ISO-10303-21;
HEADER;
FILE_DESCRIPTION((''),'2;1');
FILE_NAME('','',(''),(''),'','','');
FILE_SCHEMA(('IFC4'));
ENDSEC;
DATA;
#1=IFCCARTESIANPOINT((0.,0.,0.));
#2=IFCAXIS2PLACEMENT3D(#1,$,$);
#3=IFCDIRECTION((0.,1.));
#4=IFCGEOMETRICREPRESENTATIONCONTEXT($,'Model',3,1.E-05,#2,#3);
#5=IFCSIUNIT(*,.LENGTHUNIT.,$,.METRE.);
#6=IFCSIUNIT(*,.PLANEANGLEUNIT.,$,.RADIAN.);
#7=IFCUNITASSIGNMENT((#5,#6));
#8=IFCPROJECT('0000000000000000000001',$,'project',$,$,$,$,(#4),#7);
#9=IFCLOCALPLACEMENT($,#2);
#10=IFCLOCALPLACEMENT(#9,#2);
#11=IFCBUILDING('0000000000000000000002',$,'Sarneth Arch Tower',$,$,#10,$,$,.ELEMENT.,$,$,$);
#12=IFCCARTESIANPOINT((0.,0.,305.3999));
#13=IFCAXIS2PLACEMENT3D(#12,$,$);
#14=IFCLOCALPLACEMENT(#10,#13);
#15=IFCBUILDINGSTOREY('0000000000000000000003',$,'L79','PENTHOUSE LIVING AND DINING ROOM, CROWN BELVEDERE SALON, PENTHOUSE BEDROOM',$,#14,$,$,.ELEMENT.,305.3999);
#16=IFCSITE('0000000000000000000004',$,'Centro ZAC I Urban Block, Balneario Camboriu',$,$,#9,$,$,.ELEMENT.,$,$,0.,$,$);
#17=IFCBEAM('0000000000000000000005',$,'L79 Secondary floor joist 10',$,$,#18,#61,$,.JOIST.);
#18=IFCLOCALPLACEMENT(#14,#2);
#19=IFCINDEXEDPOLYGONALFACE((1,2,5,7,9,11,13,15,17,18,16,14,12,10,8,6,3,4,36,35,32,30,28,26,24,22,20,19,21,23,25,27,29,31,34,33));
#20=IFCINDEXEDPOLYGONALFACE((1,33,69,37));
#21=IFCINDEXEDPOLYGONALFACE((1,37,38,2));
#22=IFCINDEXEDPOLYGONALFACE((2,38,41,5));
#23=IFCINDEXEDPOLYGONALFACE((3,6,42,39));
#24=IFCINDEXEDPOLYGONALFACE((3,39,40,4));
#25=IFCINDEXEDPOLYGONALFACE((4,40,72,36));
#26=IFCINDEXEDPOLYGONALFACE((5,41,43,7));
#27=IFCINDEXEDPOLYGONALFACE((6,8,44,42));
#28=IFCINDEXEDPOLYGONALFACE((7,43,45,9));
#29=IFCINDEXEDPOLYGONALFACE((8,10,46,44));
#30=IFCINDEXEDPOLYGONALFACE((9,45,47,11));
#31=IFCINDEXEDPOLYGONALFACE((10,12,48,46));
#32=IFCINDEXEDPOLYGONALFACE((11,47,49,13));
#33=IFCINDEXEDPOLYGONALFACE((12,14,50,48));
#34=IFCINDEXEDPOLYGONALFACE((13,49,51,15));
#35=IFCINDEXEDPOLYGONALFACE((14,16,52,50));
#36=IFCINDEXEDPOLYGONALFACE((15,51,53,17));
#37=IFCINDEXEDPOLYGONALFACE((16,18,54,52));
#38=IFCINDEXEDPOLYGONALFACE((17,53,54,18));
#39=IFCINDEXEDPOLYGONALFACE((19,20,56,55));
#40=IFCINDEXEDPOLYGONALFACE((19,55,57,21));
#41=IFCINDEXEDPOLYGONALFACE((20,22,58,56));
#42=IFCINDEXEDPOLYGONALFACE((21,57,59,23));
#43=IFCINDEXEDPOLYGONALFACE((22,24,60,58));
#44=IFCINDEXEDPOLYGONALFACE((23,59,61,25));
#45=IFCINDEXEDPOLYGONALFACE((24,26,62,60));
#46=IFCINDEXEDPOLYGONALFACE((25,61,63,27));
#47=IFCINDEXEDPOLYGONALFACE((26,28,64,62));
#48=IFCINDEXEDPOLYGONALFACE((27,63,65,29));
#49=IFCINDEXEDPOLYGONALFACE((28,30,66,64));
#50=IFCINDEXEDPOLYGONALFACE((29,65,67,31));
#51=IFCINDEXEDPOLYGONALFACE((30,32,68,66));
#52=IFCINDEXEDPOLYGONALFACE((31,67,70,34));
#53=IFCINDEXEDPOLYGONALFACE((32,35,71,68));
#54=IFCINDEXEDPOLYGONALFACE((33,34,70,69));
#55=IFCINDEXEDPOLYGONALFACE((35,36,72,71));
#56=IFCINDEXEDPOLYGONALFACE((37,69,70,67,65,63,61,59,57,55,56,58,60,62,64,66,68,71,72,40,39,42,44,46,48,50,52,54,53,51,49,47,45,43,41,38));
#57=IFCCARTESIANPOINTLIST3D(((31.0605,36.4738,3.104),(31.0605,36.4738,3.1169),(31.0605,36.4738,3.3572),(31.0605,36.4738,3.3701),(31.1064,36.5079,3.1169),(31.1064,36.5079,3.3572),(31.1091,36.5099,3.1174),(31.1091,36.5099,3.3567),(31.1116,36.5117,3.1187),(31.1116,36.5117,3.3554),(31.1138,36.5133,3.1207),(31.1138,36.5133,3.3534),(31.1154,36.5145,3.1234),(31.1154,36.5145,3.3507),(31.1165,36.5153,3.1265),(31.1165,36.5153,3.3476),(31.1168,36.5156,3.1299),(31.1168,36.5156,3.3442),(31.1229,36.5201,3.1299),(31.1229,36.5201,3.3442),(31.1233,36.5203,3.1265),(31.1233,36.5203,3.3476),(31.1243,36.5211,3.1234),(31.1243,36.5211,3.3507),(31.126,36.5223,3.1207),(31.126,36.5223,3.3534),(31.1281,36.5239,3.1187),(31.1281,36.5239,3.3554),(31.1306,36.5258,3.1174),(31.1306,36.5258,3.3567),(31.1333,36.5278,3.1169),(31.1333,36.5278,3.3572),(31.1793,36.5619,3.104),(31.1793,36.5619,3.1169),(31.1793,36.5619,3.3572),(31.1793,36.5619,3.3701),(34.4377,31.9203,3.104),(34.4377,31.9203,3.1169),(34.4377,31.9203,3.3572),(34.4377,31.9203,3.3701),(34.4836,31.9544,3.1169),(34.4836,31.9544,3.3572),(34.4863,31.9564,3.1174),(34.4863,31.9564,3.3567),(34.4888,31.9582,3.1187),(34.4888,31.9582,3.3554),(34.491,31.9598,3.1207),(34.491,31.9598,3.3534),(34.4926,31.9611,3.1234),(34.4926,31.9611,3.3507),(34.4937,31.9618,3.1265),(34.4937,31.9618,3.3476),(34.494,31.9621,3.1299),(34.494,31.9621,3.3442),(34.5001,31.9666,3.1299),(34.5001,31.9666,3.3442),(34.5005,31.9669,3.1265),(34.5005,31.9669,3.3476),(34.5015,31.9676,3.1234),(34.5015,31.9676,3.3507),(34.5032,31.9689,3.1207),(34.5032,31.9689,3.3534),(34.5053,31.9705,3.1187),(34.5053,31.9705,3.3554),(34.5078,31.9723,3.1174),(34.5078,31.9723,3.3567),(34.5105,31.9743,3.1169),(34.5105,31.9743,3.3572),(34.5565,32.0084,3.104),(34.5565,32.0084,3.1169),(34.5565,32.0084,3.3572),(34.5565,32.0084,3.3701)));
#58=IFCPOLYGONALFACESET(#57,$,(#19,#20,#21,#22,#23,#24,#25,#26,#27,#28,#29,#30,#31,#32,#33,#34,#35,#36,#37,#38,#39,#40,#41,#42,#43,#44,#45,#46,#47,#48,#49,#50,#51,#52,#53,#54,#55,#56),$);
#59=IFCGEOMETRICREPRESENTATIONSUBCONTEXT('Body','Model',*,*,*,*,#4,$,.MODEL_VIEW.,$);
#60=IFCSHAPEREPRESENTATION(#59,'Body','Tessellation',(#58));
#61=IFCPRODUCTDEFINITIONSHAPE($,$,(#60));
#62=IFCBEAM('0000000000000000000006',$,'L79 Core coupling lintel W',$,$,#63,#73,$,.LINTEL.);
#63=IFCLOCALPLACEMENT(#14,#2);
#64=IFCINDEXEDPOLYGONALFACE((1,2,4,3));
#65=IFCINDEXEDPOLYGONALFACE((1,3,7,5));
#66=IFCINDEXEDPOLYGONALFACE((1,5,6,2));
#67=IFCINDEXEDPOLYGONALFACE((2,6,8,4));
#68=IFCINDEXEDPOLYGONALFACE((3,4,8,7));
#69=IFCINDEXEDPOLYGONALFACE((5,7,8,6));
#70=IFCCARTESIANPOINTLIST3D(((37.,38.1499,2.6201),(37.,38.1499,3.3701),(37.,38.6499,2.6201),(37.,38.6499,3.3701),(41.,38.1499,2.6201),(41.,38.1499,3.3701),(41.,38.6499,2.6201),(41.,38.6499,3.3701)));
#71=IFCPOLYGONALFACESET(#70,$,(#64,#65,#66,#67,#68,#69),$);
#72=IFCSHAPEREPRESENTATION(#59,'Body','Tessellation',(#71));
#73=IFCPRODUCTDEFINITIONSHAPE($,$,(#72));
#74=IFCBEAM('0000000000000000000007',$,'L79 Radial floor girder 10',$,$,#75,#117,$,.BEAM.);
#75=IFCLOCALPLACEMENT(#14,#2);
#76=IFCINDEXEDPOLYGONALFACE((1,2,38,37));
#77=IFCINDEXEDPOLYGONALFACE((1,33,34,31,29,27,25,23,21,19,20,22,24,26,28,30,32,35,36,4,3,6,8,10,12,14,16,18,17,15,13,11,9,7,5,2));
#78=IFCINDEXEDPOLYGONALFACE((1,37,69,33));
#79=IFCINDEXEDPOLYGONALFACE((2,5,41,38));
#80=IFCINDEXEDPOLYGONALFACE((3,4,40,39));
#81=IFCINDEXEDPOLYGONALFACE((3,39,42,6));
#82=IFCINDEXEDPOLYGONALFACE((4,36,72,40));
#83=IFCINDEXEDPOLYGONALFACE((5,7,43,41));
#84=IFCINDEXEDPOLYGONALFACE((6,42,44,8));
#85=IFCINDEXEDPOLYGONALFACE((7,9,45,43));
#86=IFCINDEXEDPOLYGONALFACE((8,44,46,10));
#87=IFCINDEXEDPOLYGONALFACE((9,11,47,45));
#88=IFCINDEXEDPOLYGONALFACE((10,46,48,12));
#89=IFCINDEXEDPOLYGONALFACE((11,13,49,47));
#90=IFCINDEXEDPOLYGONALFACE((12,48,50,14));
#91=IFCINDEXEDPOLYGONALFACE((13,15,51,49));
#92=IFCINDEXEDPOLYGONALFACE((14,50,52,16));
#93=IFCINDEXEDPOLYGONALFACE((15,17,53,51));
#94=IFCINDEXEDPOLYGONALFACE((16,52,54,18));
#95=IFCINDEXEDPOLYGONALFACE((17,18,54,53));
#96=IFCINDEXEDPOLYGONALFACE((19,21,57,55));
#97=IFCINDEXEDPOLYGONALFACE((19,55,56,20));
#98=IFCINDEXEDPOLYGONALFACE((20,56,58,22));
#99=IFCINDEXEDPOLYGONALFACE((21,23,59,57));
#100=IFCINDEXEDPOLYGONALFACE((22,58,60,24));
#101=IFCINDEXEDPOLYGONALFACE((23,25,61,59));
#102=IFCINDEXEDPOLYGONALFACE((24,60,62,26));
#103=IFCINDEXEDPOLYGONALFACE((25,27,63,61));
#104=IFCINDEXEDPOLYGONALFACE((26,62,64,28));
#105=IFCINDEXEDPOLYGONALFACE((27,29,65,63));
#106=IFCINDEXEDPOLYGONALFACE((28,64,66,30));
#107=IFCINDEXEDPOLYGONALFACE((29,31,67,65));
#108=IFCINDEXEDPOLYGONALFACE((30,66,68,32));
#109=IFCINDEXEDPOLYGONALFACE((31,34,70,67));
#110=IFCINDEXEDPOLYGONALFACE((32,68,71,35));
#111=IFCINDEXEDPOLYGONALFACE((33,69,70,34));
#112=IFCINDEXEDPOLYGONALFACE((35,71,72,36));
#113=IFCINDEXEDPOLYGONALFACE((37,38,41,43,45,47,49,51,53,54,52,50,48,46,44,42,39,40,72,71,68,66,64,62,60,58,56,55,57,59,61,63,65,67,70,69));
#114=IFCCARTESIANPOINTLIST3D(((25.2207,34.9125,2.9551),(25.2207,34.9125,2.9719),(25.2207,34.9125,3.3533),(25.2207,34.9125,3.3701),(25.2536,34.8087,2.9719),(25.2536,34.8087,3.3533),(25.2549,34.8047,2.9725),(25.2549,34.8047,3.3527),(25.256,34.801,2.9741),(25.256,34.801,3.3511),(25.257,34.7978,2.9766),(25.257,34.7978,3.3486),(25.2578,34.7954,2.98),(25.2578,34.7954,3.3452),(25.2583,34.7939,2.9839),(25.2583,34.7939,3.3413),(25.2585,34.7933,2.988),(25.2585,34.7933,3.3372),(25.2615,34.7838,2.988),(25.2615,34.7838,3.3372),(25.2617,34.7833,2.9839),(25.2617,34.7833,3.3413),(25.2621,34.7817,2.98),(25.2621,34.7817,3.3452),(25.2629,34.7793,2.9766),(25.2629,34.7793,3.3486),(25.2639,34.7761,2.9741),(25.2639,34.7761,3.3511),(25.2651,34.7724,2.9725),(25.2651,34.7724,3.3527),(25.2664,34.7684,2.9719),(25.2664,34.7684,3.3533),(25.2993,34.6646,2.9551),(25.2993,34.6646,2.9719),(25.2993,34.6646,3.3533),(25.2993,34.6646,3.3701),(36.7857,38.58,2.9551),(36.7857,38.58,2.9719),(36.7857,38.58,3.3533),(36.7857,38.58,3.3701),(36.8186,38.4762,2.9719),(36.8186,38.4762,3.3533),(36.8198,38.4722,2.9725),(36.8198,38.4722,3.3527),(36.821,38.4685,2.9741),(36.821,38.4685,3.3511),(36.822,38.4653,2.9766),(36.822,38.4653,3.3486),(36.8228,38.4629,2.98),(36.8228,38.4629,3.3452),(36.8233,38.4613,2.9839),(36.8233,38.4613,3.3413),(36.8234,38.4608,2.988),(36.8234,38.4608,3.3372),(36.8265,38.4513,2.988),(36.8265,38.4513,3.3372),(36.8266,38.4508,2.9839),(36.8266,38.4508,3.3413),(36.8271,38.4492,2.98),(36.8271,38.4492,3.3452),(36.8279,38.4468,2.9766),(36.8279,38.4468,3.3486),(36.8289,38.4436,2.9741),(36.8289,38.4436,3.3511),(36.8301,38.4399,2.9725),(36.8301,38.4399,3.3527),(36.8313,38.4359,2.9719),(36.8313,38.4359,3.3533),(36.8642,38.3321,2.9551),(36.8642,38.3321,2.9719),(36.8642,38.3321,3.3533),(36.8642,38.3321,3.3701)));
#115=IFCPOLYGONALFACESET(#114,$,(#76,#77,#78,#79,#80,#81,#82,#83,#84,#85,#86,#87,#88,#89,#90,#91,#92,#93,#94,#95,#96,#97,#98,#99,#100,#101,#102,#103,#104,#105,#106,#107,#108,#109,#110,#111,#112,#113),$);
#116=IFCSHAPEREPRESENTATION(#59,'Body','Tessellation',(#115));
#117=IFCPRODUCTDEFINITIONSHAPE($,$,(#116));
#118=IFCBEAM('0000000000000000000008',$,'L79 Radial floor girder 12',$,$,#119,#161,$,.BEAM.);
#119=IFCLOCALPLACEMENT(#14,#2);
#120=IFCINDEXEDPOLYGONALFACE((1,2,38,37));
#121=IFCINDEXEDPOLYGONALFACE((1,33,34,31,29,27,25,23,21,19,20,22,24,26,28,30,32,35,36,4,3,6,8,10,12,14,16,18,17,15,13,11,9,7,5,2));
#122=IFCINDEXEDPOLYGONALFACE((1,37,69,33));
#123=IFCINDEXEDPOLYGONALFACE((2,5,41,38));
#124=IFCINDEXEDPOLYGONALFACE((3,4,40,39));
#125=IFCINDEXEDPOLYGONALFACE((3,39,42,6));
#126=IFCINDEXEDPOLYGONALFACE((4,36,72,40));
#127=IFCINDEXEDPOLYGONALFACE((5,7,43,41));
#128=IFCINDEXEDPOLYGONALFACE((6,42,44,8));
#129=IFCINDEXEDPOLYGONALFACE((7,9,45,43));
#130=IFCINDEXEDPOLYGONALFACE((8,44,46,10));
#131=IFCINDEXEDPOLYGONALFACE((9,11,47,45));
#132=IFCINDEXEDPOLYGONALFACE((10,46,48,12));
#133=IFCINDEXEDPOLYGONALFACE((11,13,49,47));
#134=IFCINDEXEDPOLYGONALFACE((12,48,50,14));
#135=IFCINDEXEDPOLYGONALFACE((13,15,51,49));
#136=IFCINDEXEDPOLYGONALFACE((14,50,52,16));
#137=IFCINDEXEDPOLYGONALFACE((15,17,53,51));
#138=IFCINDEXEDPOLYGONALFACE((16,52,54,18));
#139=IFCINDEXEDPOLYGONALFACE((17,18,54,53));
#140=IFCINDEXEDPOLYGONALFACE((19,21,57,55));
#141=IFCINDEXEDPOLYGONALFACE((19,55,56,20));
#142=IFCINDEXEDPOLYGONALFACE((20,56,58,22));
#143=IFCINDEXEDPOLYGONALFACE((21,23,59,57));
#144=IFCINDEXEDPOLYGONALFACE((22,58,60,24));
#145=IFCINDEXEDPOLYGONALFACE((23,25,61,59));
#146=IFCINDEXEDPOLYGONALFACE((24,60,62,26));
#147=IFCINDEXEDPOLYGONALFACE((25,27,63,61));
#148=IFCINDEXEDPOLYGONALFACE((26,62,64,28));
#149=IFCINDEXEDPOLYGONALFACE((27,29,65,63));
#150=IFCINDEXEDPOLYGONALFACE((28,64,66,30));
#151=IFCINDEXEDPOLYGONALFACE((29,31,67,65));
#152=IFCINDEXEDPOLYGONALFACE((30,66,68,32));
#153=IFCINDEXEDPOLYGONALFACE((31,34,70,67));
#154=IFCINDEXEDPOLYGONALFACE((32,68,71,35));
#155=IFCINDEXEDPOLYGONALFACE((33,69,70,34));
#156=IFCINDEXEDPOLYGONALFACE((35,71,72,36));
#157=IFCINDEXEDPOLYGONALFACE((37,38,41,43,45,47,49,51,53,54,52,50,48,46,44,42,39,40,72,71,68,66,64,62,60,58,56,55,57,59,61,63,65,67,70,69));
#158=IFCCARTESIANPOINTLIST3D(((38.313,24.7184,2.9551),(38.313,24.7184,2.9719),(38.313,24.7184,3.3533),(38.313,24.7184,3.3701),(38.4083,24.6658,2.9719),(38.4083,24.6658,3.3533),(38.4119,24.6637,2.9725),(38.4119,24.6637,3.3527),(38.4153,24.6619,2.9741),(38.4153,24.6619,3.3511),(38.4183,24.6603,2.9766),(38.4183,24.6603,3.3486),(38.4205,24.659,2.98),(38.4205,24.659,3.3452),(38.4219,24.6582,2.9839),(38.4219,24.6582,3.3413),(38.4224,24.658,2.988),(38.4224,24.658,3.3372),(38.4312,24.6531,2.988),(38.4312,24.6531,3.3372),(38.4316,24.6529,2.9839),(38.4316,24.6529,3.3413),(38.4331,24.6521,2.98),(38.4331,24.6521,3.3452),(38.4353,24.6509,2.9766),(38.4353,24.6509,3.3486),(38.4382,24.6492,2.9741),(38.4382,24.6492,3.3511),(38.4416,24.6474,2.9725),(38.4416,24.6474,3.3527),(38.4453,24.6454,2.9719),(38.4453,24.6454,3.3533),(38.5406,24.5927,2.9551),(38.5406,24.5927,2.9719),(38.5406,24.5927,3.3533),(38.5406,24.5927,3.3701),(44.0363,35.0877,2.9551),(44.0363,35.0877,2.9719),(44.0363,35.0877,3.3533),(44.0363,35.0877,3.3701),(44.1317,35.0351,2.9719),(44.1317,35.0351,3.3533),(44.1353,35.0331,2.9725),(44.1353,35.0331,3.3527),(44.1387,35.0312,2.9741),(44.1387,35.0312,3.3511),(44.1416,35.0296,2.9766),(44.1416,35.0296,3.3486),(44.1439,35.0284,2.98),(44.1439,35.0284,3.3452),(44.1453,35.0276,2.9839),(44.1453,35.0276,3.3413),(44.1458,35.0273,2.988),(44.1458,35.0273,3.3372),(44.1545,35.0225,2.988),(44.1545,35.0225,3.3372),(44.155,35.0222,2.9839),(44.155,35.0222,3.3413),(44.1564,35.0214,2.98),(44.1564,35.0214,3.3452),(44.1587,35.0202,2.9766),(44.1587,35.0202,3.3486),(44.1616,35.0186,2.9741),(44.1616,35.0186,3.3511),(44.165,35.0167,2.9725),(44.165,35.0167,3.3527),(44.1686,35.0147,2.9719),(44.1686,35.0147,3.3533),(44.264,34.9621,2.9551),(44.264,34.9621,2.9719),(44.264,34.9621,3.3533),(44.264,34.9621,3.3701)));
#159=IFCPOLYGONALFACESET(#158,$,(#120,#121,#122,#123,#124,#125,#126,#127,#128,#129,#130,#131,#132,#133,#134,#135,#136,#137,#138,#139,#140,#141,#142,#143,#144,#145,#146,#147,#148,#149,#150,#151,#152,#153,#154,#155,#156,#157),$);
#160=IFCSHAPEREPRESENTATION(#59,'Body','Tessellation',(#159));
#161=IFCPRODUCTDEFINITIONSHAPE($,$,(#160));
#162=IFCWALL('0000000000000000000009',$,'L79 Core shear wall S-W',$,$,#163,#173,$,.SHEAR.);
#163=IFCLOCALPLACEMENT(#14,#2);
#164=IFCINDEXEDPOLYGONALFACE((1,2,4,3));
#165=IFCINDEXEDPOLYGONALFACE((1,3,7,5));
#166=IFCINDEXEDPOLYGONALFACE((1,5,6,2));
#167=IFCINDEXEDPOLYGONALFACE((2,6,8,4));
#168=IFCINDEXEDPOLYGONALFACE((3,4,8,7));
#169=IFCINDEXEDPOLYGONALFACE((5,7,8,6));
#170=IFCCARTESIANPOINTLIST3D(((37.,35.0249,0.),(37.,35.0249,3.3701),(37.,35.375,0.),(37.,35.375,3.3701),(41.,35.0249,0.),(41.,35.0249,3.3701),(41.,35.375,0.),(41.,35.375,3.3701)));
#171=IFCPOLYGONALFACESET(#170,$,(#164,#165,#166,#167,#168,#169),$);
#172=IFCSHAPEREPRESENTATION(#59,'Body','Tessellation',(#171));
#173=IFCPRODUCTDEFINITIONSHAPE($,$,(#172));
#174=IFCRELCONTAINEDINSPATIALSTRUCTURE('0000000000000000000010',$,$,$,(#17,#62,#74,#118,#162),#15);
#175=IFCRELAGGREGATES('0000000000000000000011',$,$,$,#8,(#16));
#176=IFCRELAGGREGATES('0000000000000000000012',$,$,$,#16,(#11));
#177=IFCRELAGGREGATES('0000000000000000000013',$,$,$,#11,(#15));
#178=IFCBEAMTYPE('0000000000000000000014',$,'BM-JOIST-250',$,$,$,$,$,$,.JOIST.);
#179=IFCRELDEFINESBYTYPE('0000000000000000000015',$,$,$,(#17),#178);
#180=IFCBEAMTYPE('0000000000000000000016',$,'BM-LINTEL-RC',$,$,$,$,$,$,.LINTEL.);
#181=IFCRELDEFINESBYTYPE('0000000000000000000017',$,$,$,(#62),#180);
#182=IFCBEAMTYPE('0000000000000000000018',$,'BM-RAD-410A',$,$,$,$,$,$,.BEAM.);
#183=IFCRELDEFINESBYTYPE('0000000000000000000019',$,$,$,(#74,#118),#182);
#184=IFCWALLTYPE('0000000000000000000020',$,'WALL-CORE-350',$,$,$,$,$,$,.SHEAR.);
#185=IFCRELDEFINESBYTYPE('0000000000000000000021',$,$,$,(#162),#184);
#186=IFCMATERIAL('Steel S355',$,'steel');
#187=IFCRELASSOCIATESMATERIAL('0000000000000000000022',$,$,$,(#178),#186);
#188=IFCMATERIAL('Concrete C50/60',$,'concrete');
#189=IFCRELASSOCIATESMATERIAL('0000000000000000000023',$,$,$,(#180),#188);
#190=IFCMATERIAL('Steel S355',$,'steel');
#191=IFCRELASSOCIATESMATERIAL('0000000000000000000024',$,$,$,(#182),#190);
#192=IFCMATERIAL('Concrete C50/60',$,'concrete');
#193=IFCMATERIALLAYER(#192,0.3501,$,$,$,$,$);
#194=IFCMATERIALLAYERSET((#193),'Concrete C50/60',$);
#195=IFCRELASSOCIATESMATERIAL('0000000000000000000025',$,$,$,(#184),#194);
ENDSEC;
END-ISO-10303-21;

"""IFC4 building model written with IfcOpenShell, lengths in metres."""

from ifc_helpers import new_model, si_unit, direction, frame, frame_2d, origin, origin_2d, place, context, subcontext, project, spatial, rectangle, i_section, extrude, material, layer, layer_set, material_profile, profile_set, type_object, element, save


model = new_model("IFC4")

# Units and contexts
model_context = context("Model", 3, precision=1e-05, world=origin(), true_north=direction((0.0, 1.0)))
body_context = subcontext(model_context, "Body", "Model", "MODEL_VIEW")
ifc_project = project(units=[si_unit("LENGTHUNIT", "METRE"), si_unit("PLANEANGLEUNIT", "RADIAN")], contexts=[model_context])

# Site, building, storey
site_placement = place(None, origin())
site = spatial("IfcSite", under=ifc_project, at=site_placement, Name="Centro ZAC I Urban Block, Balneario Camboriu", CompositionType="ELEMENT", RefElevation=0.0)
building_placement = place(site_placement, origin())
building = spatial("IfcBuilding", under=site, at=building_placement, Name="Sarneth Arch Tower", CompositionType="ELEMENT")
storey_placement = place(building_placement, frame((0.0, 0.0, 305.3999)))
storey = spatial("IfcBuildingStorey", under=building, at=storey_placement, Name="L79", Description="PENTHOUSE LIVING AND DINING ROOM, CROWN BELVEDERE SALON, PENTHOUSE BEDROOM", CompositionType="ELEMENT", Elevation=305.3999)

# Beams
ifc_material_1 = material(Name="Steel S355", Category="steel")
ifc_material_profile_1 = material_profile(ifc_material_1, i_section(OverallWidth=0.1479, OverallDepth=0.2661, WebThickness=0.0076, FlangeThickness=0.0129, FilletRadius=0.0129, at=origin_2d()), Name="W250x44.8")
ifc_profile_set_1 = profile_set([ifc_material_profile_1], Name="Steel S355")
beam_type_1 = type_object("IfcBeamType", Name="BM-JOIST-250", PredefinedType="JOIST", material=ifc_profile_set_1)
beam_1_placement = place(storey_placement, frame((31.1199, 36.5178, 3.2371), z_axis=(0.595713, -0.803198, 0.0), x_axis=(0.803198, 0.595713, 0.0)))
element("IfcBeam", 1, at=beam_1_placement, inside=storey, type_object=beam_type_1, Name="L79 Secondary floor joist 10", PredefinedType="JOIST", context=body_context, shape_type="SweptSolid", body=[
    extrude(i_section(OverallWidth=0.1479, OverallDepth=0.2661, WebThickness=0.0076, FlangeThickness=0.0129, FilletRadius=0.0129, at=origin_2d()), origin(), (0.0, 0.0, 1.0), 5.6692),
])
ifc_material_2 = material(Name="Concrete C50/60", Category="concrete")
ifc_material_profile_2 = material_profile(ifc_material_2, rectangle(XDim=0.5, YDim=0.75, at=origin_2d()), Name="RC-500x750")
ifc_profile_set_2 = profile_set([ifc_material_profile_2], Name="Concrete C50/60")
beam_type_2 = type_object("IfcBeamType", Name="BM-LINTEL-RC", PredefinedType="LINTEL", material=ifc_profile_set_2)
beam_2_placement = place(storey_placement, frame((37.0, 38.3999, 2.9951), z_axis=(1.0, 0.0, 0.0), x_axis=(0.0, 1.0, 0.0)))
element("IfcBeam", 2, at=beam_2_placement, inside=storey, type_object=beam_type_2, Name="L79 Core coupling lintel W", PredefinedType="LINTEL", context=body_context, shape_type="SweptSolid", body=[
    extrude(rectangle(XDim=0.5, YDim=0.75, at=origin_2d()), origin(), (0.0, 0.0, 1.0), 4.0),
])
ifc_material_3 = material(Name="Steel S355", Category="steel")
ifc_material_profile_3 = material_profile(ifc_material_3, i_section(OverallWidth=0.26, OverallDepth=0.415, WebThickness=0.01, FlangeThickness=0.0168, FilletRadius=0.0161, at=origin_2d()), Name="W410x100")
ifc_profile_set_3 = profile_set([ifc_material_profile_3], Name="Steel S355")
beam_type_3 = type_object("IfcBeamType", Name="BM-RAD-410A", PredefinedType="BEAM", material=ifc_profile_set_3)
beam_3_placement = place(storey_placement, frame((36.825, 38.4561, 3.1626), z_axis=(-0.953218, -0.302285, 0.0), x_axis=(0.302285, -0.953218, 0.0)))
element("IfcBeam", 3, at=beam_3_placement, inside=storey, type_object=beam_type_3, Name="L79 Radial floor girder 10", PredefinedType="BEAM", context=body_context, shape_type="SweptSolid", body=[
    extrude(i_section(OverallWidth=0.26, OverallDepth=0.415, WebThickness=0.01, FlangeThickness=0.0168, FilletRadius=0.0161, at=origin_2d()), origin(), (0.0, 0.0, 1.0), 12.1326),
])
beam_4_placement = place(storey_placement, frame((44.1501, 35.0249, 3.1626), z_axis=(-0.483229, -0.875494, 0.0), x_axis=(0.875494, -0.483229, 0.0)))
element("IfcBeam", 4, at=beam_4_placement, inside=storey, type_object=beam_type_3, Name="L79 Radial floor girder 12", PredefinedType="BEAM", context=body_context, shape_type="SweptSolid", body=[
    extrude(i_section(OverallWidth=0.26, OverallDepth=0.415, WebThickness=0.01, FlangeThickness=0.0168, FilletRadius=0.0161, at=origin_2d()), origin(), (0.0, 0.0, 1.0), 11.844),
])

# Wall
ifc_material_4 = material(Name="Concrete C50/60", Category="concrete")
ifc_layer_1 = layer(ifc_material_4, 0.3501)
ifc_layer_set_1 = layer_set([ifc_layer_1], Name="Concrete C50/60")
wall_type_1 = type_object("IfcWallType", Name="WALL-CORE-350", PredefinedType="SHEAR", material=ifc_layer_set_1)
wall_1_placement = place(storey_placement, frame((37.0, 35.2, 0.0), z_axis=(0.0, 0.0, 1.0), x_axis=(1.0, 0.0, 0.0)))
element("IfcWall", 5, at=wall_1_placement, inside=storey, type_object=wall_type_1, Name="L79 Core shear wall S-W", PredefinedType="SHEAR", context=body_context, shape_type="SweptSolid", body=[
    extrude(rectangle(XDim=4.0, YDim=0.3501, at=frame_2d((2.0, 0.0))), origin(), (0.0, 0.0, 1.0), 3.3701),
])

save(model, "model.ifc")
